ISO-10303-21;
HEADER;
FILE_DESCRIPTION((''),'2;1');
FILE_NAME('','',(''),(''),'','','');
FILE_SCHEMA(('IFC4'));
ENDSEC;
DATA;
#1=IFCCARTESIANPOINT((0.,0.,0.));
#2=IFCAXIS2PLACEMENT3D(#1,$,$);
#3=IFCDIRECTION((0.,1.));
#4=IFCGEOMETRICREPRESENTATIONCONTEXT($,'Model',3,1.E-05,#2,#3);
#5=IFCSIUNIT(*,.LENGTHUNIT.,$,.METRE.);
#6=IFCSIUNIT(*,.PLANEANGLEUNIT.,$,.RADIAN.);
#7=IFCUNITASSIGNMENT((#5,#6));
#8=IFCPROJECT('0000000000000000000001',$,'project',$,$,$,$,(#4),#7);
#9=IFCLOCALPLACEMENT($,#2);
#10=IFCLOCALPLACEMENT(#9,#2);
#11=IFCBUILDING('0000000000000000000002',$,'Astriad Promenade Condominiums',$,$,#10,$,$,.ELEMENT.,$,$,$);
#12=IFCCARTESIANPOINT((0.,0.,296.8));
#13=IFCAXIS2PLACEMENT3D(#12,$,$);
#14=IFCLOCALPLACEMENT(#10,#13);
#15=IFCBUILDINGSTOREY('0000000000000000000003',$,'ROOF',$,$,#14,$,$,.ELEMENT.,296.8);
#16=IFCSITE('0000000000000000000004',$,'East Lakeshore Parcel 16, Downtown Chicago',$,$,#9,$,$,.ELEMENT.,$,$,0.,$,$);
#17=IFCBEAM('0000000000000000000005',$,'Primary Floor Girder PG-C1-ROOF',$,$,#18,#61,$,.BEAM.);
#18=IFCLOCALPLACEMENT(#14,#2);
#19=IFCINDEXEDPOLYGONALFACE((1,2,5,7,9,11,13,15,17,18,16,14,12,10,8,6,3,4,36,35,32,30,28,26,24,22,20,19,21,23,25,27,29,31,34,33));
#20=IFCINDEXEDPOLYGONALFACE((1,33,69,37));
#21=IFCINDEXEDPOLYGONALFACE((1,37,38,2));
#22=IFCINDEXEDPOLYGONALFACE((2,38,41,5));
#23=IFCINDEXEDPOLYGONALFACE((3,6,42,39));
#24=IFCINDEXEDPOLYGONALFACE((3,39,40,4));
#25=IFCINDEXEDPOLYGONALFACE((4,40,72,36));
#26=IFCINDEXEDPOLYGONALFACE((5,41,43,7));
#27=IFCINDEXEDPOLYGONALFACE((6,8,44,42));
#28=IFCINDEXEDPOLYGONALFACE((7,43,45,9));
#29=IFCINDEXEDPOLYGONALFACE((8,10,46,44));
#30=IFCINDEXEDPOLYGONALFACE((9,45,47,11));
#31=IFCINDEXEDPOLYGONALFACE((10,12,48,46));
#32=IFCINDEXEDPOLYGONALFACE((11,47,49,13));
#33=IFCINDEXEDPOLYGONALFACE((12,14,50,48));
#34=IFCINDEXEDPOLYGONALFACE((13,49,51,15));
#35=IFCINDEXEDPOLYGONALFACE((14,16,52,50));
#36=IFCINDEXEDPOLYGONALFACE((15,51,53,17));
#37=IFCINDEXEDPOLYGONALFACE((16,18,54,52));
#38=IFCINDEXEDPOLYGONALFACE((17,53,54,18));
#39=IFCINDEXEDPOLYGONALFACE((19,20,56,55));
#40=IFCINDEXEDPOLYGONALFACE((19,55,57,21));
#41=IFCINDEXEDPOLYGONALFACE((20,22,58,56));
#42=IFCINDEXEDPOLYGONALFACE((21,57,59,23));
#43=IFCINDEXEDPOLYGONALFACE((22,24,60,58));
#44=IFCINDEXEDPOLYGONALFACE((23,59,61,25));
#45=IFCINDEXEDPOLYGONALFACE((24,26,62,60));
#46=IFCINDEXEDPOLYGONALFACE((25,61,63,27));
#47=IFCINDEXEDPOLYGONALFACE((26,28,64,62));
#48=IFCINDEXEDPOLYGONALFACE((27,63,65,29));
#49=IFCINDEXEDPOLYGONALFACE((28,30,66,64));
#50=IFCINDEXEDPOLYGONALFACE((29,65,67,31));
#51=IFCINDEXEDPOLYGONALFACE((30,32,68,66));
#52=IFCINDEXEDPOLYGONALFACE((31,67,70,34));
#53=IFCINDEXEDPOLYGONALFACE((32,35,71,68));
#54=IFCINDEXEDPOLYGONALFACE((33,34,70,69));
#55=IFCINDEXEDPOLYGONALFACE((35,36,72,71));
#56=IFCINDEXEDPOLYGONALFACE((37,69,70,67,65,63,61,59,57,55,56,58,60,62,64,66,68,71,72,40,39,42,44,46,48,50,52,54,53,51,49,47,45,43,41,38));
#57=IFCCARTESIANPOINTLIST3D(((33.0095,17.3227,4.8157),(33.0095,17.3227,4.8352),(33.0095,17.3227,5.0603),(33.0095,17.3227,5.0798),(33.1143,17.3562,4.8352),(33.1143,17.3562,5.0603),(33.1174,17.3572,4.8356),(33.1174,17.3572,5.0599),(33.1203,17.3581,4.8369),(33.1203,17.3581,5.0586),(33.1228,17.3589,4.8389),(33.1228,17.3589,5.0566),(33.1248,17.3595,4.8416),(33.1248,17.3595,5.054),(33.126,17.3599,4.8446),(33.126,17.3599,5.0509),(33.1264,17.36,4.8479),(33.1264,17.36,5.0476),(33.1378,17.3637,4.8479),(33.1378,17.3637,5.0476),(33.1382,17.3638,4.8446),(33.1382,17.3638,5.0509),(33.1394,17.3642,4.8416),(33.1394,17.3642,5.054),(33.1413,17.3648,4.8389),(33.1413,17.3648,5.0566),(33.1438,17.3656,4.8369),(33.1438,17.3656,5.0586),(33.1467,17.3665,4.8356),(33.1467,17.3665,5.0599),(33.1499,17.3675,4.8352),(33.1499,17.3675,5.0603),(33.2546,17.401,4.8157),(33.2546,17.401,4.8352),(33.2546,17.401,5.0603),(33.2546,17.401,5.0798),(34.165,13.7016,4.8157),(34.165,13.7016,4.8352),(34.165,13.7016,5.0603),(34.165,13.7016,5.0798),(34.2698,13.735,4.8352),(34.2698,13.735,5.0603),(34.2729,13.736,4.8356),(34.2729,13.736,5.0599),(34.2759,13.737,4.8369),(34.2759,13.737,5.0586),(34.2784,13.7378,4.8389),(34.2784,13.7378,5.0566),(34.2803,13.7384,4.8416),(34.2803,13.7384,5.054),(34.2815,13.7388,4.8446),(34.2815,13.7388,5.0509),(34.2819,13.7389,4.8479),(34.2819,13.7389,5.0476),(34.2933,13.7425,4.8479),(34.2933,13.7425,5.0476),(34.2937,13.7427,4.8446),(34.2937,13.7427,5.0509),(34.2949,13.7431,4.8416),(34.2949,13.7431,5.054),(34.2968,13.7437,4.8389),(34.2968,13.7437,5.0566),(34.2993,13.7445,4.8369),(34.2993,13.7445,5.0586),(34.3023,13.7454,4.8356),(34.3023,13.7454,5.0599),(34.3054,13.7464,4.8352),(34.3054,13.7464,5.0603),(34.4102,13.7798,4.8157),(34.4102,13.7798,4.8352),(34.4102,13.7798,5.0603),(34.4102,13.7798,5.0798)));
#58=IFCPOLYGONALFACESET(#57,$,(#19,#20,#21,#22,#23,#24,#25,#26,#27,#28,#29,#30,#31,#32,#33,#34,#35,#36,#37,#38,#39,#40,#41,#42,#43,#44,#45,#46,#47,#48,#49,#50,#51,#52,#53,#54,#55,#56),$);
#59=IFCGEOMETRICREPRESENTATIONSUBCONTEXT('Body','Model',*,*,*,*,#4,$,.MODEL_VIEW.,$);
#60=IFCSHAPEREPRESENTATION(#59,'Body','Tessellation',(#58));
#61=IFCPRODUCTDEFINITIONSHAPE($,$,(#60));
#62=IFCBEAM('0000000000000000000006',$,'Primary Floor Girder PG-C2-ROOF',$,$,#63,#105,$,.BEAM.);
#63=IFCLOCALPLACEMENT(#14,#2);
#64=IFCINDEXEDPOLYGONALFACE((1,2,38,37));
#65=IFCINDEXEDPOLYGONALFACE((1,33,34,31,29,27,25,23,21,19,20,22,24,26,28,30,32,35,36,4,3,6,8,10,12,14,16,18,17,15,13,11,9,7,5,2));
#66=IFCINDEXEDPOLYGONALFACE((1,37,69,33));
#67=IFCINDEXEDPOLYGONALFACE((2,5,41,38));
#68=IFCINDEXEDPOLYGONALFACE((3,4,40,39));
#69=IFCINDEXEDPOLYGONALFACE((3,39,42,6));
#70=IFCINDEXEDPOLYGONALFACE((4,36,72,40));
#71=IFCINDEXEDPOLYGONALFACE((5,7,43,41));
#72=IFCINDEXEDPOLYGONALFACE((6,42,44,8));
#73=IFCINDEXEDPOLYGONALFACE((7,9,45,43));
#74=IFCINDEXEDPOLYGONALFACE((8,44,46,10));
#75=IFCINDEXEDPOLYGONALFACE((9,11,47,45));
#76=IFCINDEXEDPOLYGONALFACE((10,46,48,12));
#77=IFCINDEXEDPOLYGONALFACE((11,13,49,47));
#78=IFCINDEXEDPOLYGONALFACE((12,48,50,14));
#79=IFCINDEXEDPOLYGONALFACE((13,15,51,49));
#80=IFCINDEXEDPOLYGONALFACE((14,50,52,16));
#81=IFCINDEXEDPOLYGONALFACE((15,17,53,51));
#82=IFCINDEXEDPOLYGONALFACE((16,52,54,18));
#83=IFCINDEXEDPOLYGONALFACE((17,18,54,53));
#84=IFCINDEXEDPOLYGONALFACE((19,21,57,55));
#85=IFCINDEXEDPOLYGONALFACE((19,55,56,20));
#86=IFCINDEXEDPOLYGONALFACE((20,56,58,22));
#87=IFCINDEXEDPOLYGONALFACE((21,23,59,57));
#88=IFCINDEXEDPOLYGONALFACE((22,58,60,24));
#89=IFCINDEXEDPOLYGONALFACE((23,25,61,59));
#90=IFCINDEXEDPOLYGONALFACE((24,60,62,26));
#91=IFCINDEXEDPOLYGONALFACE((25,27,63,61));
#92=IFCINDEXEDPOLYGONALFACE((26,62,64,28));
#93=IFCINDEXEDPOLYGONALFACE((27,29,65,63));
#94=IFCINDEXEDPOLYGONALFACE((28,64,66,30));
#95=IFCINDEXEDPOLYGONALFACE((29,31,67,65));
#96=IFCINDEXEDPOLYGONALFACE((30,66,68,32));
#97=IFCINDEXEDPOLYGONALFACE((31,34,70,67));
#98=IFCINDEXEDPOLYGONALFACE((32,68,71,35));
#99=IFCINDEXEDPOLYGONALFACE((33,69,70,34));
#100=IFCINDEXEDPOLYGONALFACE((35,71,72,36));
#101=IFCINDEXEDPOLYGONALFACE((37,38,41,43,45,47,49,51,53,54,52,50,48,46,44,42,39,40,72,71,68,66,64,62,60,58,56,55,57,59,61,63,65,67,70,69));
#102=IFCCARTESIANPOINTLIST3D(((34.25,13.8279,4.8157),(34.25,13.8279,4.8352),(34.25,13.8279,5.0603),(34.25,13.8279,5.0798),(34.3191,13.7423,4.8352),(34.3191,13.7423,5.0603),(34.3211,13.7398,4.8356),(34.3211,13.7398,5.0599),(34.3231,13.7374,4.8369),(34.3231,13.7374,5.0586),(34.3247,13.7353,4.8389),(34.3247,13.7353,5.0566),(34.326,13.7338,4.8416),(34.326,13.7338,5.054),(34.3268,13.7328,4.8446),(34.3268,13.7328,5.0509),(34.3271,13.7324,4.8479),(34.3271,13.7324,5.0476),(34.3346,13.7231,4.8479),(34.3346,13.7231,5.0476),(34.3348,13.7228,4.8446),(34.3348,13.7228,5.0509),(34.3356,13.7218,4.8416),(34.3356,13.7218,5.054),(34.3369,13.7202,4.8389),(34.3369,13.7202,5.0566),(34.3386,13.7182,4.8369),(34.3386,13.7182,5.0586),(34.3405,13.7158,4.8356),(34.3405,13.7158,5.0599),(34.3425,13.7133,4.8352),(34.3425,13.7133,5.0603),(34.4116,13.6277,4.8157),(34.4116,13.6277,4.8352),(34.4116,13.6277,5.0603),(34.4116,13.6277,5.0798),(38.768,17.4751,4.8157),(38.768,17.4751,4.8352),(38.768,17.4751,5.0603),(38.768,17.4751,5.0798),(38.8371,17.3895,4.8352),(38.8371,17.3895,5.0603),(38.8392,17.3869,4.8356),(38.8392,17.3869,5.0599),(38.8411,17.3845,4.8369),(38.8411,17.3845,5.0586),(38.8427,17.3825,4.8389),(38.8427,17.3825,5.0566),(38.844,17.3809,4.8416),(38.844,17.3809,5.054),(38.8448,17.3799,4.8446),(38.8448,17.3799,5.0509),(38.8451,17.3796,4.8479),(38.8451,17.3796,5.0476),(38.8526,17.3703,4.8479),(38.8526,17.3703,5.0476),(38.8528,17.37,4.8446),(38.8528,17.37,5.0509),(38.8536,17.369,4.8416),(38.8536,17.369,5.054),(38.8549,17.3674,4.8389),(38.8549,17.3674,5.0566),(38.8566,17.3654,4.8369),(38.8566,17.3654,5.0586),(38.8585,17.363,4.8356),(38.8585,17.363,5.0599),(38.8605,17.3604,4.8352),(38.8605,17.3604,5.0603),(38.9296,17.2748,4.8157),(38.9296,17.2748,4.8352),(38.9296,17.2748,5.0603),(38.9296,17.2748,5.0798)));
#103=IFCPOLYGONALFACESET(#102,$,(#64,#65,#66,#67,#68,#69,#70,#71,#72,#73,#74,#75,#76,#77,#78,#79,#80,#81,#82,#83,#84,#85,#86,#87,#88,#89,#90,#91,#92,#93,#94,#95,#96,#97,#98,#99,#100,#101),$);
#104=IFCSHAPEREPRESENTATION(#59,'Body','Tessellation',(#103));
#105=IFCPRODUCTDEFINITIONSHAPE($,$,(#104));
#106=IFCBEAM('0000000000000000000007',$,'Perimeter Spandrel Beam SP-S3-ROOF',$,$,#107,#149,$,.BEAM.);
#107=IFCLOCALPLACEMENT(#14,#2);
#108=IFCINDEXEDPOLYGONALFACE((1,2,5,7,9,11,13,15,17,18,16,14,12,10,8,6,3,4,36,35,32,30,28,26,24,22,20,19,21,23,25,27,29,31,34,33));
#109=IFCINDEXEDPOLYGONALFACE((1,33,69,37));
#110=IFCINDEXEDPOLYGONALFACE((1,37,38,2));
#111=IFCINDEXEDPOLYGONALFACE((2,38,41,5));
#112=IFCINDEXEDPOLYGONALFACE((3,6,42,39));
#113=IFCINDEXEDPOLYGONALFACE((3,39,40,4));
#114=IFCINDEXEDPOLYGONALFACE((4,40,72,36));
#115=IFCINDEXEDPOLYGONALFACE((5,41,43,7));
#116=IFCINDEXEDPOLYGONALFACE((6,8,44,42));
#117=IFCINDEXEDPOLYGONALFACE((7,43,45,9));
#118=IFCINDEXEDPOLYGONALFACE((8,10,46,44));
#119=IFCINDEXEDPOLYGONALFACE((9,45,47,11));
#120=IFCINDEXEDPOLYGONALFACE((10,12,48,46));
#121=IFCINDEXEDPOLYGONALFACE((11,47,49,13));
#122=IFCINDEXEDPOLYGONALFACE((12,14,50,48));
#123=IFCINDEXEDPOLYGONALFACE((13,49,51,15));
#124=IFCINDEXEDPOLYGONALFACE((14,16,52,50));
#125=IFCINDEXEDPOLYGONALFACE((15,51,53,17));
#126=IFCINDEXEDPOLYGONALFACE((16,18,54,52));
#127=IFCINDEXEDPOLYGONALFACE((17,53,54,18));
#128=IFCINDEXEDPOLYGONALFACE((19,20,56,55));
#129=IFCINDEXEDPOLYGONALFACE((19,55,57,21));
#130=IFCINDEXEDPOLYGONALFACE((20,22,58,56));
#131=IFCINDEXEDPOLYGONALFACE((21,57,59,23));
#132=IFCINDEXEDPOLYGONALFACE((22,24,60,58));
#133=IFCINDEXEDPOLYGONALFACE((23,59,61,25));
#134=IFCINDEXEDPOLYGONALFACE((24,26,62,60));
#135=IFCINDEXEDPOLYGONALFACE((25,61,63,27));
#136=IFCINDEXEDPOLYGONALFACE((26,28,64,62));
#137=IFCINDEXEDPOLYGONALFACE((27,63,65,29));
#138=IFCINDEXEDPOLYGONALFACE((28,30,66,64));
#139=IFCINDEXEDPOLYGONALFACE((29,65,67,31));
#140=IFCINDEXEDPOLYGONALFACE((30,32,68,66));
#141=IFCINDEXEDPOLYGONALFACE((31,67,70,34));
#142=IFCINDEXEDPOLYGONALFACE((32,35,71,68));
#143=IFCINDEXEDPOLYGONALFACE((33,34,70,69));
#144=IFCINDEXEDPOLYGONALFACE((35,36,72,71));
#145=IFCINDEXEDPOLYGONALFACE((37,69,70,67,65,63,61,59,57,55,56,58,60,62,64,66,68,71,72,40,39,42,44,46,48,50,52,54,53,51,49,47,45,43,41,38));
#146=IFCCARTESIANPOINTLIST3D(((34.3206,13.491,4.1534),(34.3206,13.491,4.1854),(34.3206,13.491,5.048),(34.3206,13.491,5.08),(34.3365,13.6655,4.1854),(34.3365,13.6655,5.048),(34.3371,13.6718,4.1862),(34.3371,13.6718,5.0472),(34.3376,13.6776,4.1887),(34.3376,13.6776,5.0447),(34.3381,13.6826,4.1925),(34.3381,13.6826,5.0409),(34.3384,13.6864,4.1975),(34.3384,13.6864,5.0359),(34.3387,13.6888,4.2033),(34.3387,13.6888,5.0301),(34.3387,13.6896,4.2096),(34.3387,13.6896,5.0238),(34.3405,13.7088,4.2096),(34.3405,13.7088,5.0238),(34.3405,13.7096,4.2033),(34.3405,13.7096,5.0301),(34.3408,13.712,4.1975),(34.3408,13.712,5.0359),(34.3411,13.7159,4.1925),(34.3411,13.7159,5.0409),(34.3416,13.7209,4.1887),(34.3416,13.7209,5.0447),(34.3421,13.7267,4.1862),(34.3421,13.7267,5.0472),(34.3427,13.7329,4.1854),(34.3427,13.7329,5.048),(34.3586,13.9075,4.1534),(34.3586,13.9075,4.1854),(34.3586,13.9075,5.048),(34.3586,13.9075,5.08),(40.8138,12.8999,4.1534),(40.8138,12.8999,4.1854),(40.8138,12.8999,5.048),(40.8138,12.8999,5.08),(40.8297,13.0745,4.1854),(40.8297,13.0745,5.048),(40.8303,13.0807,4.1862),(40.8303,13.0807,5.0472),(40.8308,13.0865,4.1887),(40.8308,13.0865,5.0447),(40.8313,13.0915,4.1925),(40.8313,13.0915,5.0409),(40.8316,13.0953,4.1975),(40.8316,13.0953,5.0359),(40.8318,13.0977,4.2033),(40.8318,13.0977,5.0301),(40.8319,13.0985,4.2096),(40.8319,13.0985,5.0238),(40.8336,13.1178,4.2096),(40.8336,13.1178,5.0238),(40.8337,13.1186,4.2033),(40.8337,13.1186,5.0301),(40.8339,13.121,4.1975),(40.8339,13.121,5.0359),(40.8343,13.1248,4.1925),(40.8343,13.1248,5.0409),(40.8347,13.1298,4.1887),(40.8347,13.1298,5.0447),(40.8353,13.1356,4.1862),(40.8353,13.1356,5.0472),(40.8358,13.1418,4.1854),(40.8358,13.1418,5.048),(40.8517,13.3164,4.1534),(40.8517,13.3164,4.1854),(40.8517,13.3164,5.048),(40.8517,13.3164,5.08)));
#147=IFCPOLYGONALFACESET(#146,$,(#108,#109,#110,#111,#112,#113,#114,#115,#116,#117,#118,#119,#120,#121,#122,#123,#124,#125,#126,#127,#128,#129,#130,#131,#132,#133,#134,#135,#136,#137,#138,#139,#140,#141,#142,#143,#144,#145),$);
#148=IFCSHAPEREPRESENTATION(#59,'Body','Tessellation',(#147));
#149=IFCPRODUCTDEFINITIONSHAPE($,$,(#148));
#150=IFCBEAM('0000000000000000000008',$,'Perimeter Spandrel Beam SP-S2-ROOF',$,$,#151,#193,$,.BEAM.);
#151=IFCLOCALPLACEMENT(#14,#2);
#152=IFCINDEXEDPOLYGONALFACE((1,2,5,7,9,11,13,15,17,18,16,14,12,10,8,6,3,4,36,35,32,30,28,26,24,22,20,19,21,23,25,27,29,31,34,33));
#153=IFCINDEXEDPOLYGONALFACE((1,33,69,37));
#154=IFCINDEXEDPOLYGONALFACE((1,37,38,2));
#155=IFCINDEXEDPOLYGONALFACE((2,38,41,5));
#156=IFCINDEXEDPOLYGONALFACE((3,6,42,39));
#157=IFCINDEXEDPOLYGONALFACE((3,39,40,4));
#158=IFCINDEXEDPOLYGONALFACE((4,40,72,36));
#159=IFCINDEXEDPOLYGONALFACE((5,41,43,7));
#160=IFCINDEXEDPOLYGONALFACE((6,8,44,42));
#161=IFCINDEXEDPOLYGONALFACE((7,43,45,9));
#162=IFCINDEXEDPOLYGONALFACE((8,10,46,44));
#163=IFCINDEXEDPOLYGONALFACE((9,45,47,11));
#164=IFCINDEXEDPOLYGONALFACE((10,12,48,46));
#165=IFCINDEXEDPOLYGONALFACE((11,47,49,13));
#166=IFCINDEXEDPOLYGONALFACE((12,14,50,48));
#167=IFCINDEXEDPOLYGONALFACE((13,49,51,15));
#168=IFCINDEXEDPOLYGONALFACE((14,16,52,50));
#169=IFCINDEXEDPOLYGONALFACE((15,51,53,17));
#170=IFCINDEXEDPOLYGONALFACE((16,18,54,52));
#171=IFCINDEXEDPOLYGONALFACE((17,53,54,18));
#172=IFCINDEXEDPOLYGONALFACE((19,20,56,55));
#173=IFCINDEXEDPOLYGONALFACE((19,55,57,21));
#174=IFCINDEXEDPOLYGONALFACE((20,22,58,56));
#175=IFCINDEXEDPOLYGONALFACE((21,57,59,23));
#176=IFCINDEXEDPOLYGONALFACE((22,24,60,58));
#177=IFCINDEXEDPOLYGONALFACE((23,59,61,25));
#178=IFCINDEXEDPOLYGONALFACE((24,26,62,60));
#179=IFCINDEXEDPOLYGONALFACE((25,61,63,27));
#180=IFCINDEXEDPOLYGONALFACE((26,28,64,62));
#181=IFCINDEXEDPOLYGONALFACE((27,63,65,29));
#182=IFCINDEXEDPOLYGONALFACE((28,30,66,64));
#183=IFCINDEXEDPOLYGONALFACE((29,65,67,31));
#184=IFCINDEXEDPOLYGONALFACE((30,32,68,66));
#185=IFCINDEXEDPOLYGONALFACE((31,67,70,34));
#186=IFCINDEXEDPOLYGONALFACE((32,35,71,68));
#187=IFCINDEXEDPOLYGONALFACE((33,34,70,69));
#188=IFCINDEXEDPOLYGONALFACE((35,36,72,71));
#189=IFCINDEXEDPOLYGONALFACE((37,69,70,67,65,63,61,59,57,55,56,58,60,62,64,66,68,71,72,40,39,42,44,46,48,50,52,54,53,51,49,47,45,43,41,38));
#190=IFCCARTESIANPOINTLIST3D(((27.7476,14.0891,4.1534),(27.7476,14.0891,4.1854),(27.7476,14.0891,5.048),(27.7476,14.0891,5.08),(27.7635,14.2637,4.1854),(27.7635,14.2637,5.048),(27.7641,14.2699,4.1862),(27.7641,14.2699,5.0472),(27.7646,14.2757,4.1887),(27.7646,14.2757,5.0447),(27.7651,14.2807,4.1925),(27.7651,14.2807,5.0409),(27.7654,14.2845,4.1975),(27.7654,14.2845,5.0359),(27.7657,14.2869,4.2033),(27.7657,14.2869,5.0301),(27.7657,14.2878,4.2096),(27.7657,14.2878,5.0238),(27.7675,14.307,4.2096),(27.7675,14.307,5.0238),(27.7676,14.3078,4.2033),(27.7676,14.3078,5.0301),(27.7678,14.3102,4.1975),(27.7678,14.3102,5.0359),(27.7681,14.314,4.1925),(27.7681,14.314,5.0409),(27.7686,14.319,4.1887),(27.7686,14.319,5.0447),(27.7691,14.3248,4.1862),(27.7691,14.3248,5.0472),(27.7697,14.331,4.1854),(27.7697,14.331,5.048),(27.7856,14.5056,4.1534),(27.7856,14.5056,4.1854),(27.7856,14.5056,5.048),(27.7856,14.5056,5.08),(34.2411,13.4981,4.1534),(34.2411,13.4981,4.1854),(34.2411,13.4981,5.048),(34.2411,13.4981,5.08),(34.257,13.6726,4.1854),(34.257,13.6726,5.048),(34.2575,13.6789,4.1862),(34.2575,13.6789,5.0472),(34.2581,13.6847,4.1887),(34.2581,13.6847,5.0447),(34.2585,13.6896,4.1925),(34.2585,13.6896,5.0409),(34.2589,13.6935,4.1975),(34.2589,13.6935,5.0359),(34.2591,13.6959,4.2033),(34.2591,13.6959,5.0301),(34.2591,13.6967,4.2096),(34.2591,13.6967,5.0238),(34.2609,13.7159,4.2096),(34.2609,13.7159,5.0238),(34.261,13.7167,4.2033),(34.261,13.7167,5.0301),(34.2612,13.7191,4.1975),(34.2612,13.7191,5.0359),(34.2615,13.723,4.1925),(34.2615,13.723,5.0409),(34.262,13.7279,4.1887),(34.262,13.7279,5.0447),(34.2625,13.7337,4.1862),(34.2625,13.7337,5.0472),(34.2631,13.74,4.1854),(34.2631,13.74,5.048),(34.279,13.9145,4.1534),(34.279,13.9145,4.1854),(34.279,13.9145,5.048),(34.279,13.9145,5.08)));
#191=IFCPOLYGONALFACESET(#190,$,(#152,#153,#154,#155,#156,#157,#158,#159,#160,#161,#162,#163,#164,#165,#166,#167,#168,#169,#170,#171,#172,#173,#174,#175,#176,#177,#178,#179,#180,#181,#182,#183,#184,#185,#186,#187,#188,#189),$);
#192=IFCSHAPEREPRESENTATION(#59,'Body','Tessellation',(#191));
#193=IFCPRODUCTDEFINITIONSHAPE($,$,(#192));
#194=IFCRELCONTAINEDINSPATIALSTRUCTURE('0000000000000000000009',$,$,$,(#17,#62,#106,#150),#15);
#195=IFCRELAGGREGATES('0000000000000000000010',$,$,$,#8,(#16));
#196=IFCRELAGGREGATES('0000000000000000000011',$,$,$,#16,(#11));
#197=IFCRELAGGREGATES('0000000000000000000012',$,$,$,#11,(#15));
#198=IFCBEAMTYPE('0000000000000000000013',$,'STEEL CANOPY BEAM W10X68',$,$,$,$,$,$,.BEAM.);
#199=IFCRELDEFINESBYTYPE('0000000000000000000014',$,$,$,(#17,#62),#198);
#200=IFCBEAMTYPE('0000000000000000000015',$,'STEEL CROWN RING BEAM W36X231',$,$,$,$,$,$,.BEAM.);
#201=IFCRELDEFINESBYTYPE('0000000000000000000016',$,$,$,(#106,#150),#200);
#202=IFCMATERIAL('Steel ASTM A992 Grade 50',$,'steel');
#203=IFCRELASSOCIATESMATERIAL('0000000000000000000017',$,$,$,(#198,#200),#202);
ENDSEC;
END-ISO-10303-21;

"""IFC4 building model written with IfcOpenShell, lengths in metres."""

from ifc_helpers import new_model, si_unit, direction, frame, origin, origin_2d, place, context, subcontext, project, spatial, i_section, extrude, source, transform, mapped, material, material_profile, profile_set, type_object, element, save


model = new_model("IFC4")

# Units and contexts
model_context = context("Model", 3, precision=1e-05, world=origin(), true_north=direction((0.0, 1.0)))
body_context = subcontext(model_context, "Body", "Model", "MODEL_VIEW")
ifc_project = project(units=[si_unit("LENGTHUNIT", "METRE"), si_unit("PLANEANGLEUNIT", "RADIAN")], contexts=[model_context])

# Site, building, storey
site_placement = place(None, origin())
site = spatial("IfcSite", under=ifc_project, at=site_placement, Name="East Lakeshore Parcel 16, Downtown Chicago", CompositionType="ELEMENT", RefElevation=0.0)
building_placement = place(site_placement, origin())
building = spatial("IfcBuilding", under=site, at=building_placement, Name="Astriad Promenade Condominiums", CompositionType="ELEMENT")
storey_placement = place(building_placement, frame((0.0, 0.0, 296.8)))
storey = spatial("IfcBuildingStorey", under=building, at=storey_placement, Name="ROOF", CompositionType="ELEMENT", Elevation=296.8)

# Shared definitions
ifc_material_1 = material(Name="Steel ASTM A992 Grade 50", Category="steel")

# Beams
ifc_material_profile_1 = material_profile(ifc_material_1, i_section(OverallWidth=0.2573, OverallDepth=0.2642, WebThickness=0.012, FlangeThickness=0.0195, FilletRadius=0.0127, at=origin_2d()), Name="W10X68")
ifc_profile_set_1 = profile_set([ifc_material_profile_1], Name="Steel ASTM A992 Grade 50")
beam_type_1 = type_object("IfcBeamType", Name="STEEL CANOPY BEAM W10X68", PredefinedType="BEAM", material=ifc_profile_set_1)
shared_shape_1 = source(origin(), body_context, "Body", "SweptSolid", [
    extrude(i_section(OverallWidth=0.2573, OverallDepth=0.2642, WebThickness=0.012, FlangeThickness=0.0195, FilletRadius=0.0127, at=origin_2d()), origin(), (0.0, 0.0, 1.0), 3.801),
])
beam_1_placement = place(storey_placement, frame((34.2876, 13.7407, 4.9478), z_axis=(-0.304004, 0.952671, 0.0), x_axis=(-0.952671, -0.304004, 0.0)))
element("IfcBeam", 1, at=beam_1_placement, inside=storey, type_object=beam_type_1, Name="Primary Floor Girder PG-C1-ROOF", PredefinedType="BEAM", context=body_context, shape_type="MappedRepresentation", body=[
    mapped(shared_shape_1, transform((0.0, 0.0, 0.0), scale=1.0)),
])
shared_shape_2 = source(origin(), body_context, "Body", "SweptSolid", [
    extrude(i_section(OverallWidth=0.2573, OverallDepth=0.2642, WebThickness=0.012, FlangeThickness=0.0195, FilletRadius=0.0127, at=origin_2d()), origin(), (0.0, 0.0, 1.0), 5.8064),
])
beam_2_placement = place(storey_placement, frame((34.3308, 13.7278, 4.9478), z_axis=(0.778109, 0.62813, 0.0), x_axis=(-0.62813, 0.778109, 0.0)))
element("IfcBeam", 2, at=beam_2_placement, inside=storey, type_object=beam_type_1, Name="Primary Floor Girder PG-C2-ROOF", PredefinedType="BEAM", context=body_context, shape_type="MappedRepresentation", body=[
    mapped(shared_shape_2, transform((0.0, 0.0, 0.0), scale=1.0)),
])
ifc_material_profile_2 = material_profile(ifc_material_1, i_section(OverallWidth=0.4182, OverallDepth=0.9265, WebThickness=0.0193, FlangeThickness=0.032, FilletRadius=0.0242, at=origin_2d()), Name="W36X231")
ifc_profile_set_2 = profile_set([ifc_material_profile_2], Name="Steel ASTM A992 Grade 50")
beam_type_2 = type_object("IfcBeamType", Name="STEEL CROWN RING BEAM W36X231", PredefinedType="BEAM", material=ifc_profile_set_2)
shared_shape_3 = source(origin(), body_context, "Body", "SweptSolid", [
    extrude(i_section(OverallWidth=0.4182, OverallDepth=0.9265, WebThickness=0.0193, FlangeThickness=0.032, FilletRadius=0.0242, at=origin_2d()), origin(), (0.0, 0.0, 1.0), 6.52),
])
beam_3_placement = place(storey_placement, frame((34.3396, 13.6992, 4.6167), z_axis=(0.995882, -0.090654, 0.0), x_axis=(0.090654, 0.995882, 0.0)))
element("IfcBeam", 3, at=beam_3_placement, inside=storey, type_object=beam_type_2, Name="Perimeter Spandrel Beam SP-S3-ROOF", PredefinedType="BEAM", context=body_context, shape_type="MappedRepresentation", body=[
    mapped(shared_shape_3, transform((0.0, 0.0, 0.0), scale=1.0)),
])
shared_shape_4 = source(origin(), body_context, "Body", "SweptSolid", [
    extrude(i_section(OverallWidth=0.4182, OverallDepth=0.9265, WebThickness=0.0193, FlangeThickness=0.032, FilletRadius=0.0242, at=origin_2d()), origin(), (0.0, 0.0, 1.0), 6.5203),
])
beam_4_placement = place(storey_placement, frame((27.7666, 14.2974, 4.6167), z_axis=(0.995883, -0.090651, 0.0), x_axis=(0.090651, 0.995883, 0.0)))
element("IfcBeam", 4, at=beam_4_placement, inside=storey, type_object=beam_type_2, Name="Perimeter Spandrel Beam SP-S2-ROOF", PredefinedType="BEAM", context=body_context, shape_type="MappedRepresentation", body=[
    mapped(shared_shape_4, transform((0.0, 0.0, 0.0), scale=1.0)),
])

save(model, "model.ifc")
